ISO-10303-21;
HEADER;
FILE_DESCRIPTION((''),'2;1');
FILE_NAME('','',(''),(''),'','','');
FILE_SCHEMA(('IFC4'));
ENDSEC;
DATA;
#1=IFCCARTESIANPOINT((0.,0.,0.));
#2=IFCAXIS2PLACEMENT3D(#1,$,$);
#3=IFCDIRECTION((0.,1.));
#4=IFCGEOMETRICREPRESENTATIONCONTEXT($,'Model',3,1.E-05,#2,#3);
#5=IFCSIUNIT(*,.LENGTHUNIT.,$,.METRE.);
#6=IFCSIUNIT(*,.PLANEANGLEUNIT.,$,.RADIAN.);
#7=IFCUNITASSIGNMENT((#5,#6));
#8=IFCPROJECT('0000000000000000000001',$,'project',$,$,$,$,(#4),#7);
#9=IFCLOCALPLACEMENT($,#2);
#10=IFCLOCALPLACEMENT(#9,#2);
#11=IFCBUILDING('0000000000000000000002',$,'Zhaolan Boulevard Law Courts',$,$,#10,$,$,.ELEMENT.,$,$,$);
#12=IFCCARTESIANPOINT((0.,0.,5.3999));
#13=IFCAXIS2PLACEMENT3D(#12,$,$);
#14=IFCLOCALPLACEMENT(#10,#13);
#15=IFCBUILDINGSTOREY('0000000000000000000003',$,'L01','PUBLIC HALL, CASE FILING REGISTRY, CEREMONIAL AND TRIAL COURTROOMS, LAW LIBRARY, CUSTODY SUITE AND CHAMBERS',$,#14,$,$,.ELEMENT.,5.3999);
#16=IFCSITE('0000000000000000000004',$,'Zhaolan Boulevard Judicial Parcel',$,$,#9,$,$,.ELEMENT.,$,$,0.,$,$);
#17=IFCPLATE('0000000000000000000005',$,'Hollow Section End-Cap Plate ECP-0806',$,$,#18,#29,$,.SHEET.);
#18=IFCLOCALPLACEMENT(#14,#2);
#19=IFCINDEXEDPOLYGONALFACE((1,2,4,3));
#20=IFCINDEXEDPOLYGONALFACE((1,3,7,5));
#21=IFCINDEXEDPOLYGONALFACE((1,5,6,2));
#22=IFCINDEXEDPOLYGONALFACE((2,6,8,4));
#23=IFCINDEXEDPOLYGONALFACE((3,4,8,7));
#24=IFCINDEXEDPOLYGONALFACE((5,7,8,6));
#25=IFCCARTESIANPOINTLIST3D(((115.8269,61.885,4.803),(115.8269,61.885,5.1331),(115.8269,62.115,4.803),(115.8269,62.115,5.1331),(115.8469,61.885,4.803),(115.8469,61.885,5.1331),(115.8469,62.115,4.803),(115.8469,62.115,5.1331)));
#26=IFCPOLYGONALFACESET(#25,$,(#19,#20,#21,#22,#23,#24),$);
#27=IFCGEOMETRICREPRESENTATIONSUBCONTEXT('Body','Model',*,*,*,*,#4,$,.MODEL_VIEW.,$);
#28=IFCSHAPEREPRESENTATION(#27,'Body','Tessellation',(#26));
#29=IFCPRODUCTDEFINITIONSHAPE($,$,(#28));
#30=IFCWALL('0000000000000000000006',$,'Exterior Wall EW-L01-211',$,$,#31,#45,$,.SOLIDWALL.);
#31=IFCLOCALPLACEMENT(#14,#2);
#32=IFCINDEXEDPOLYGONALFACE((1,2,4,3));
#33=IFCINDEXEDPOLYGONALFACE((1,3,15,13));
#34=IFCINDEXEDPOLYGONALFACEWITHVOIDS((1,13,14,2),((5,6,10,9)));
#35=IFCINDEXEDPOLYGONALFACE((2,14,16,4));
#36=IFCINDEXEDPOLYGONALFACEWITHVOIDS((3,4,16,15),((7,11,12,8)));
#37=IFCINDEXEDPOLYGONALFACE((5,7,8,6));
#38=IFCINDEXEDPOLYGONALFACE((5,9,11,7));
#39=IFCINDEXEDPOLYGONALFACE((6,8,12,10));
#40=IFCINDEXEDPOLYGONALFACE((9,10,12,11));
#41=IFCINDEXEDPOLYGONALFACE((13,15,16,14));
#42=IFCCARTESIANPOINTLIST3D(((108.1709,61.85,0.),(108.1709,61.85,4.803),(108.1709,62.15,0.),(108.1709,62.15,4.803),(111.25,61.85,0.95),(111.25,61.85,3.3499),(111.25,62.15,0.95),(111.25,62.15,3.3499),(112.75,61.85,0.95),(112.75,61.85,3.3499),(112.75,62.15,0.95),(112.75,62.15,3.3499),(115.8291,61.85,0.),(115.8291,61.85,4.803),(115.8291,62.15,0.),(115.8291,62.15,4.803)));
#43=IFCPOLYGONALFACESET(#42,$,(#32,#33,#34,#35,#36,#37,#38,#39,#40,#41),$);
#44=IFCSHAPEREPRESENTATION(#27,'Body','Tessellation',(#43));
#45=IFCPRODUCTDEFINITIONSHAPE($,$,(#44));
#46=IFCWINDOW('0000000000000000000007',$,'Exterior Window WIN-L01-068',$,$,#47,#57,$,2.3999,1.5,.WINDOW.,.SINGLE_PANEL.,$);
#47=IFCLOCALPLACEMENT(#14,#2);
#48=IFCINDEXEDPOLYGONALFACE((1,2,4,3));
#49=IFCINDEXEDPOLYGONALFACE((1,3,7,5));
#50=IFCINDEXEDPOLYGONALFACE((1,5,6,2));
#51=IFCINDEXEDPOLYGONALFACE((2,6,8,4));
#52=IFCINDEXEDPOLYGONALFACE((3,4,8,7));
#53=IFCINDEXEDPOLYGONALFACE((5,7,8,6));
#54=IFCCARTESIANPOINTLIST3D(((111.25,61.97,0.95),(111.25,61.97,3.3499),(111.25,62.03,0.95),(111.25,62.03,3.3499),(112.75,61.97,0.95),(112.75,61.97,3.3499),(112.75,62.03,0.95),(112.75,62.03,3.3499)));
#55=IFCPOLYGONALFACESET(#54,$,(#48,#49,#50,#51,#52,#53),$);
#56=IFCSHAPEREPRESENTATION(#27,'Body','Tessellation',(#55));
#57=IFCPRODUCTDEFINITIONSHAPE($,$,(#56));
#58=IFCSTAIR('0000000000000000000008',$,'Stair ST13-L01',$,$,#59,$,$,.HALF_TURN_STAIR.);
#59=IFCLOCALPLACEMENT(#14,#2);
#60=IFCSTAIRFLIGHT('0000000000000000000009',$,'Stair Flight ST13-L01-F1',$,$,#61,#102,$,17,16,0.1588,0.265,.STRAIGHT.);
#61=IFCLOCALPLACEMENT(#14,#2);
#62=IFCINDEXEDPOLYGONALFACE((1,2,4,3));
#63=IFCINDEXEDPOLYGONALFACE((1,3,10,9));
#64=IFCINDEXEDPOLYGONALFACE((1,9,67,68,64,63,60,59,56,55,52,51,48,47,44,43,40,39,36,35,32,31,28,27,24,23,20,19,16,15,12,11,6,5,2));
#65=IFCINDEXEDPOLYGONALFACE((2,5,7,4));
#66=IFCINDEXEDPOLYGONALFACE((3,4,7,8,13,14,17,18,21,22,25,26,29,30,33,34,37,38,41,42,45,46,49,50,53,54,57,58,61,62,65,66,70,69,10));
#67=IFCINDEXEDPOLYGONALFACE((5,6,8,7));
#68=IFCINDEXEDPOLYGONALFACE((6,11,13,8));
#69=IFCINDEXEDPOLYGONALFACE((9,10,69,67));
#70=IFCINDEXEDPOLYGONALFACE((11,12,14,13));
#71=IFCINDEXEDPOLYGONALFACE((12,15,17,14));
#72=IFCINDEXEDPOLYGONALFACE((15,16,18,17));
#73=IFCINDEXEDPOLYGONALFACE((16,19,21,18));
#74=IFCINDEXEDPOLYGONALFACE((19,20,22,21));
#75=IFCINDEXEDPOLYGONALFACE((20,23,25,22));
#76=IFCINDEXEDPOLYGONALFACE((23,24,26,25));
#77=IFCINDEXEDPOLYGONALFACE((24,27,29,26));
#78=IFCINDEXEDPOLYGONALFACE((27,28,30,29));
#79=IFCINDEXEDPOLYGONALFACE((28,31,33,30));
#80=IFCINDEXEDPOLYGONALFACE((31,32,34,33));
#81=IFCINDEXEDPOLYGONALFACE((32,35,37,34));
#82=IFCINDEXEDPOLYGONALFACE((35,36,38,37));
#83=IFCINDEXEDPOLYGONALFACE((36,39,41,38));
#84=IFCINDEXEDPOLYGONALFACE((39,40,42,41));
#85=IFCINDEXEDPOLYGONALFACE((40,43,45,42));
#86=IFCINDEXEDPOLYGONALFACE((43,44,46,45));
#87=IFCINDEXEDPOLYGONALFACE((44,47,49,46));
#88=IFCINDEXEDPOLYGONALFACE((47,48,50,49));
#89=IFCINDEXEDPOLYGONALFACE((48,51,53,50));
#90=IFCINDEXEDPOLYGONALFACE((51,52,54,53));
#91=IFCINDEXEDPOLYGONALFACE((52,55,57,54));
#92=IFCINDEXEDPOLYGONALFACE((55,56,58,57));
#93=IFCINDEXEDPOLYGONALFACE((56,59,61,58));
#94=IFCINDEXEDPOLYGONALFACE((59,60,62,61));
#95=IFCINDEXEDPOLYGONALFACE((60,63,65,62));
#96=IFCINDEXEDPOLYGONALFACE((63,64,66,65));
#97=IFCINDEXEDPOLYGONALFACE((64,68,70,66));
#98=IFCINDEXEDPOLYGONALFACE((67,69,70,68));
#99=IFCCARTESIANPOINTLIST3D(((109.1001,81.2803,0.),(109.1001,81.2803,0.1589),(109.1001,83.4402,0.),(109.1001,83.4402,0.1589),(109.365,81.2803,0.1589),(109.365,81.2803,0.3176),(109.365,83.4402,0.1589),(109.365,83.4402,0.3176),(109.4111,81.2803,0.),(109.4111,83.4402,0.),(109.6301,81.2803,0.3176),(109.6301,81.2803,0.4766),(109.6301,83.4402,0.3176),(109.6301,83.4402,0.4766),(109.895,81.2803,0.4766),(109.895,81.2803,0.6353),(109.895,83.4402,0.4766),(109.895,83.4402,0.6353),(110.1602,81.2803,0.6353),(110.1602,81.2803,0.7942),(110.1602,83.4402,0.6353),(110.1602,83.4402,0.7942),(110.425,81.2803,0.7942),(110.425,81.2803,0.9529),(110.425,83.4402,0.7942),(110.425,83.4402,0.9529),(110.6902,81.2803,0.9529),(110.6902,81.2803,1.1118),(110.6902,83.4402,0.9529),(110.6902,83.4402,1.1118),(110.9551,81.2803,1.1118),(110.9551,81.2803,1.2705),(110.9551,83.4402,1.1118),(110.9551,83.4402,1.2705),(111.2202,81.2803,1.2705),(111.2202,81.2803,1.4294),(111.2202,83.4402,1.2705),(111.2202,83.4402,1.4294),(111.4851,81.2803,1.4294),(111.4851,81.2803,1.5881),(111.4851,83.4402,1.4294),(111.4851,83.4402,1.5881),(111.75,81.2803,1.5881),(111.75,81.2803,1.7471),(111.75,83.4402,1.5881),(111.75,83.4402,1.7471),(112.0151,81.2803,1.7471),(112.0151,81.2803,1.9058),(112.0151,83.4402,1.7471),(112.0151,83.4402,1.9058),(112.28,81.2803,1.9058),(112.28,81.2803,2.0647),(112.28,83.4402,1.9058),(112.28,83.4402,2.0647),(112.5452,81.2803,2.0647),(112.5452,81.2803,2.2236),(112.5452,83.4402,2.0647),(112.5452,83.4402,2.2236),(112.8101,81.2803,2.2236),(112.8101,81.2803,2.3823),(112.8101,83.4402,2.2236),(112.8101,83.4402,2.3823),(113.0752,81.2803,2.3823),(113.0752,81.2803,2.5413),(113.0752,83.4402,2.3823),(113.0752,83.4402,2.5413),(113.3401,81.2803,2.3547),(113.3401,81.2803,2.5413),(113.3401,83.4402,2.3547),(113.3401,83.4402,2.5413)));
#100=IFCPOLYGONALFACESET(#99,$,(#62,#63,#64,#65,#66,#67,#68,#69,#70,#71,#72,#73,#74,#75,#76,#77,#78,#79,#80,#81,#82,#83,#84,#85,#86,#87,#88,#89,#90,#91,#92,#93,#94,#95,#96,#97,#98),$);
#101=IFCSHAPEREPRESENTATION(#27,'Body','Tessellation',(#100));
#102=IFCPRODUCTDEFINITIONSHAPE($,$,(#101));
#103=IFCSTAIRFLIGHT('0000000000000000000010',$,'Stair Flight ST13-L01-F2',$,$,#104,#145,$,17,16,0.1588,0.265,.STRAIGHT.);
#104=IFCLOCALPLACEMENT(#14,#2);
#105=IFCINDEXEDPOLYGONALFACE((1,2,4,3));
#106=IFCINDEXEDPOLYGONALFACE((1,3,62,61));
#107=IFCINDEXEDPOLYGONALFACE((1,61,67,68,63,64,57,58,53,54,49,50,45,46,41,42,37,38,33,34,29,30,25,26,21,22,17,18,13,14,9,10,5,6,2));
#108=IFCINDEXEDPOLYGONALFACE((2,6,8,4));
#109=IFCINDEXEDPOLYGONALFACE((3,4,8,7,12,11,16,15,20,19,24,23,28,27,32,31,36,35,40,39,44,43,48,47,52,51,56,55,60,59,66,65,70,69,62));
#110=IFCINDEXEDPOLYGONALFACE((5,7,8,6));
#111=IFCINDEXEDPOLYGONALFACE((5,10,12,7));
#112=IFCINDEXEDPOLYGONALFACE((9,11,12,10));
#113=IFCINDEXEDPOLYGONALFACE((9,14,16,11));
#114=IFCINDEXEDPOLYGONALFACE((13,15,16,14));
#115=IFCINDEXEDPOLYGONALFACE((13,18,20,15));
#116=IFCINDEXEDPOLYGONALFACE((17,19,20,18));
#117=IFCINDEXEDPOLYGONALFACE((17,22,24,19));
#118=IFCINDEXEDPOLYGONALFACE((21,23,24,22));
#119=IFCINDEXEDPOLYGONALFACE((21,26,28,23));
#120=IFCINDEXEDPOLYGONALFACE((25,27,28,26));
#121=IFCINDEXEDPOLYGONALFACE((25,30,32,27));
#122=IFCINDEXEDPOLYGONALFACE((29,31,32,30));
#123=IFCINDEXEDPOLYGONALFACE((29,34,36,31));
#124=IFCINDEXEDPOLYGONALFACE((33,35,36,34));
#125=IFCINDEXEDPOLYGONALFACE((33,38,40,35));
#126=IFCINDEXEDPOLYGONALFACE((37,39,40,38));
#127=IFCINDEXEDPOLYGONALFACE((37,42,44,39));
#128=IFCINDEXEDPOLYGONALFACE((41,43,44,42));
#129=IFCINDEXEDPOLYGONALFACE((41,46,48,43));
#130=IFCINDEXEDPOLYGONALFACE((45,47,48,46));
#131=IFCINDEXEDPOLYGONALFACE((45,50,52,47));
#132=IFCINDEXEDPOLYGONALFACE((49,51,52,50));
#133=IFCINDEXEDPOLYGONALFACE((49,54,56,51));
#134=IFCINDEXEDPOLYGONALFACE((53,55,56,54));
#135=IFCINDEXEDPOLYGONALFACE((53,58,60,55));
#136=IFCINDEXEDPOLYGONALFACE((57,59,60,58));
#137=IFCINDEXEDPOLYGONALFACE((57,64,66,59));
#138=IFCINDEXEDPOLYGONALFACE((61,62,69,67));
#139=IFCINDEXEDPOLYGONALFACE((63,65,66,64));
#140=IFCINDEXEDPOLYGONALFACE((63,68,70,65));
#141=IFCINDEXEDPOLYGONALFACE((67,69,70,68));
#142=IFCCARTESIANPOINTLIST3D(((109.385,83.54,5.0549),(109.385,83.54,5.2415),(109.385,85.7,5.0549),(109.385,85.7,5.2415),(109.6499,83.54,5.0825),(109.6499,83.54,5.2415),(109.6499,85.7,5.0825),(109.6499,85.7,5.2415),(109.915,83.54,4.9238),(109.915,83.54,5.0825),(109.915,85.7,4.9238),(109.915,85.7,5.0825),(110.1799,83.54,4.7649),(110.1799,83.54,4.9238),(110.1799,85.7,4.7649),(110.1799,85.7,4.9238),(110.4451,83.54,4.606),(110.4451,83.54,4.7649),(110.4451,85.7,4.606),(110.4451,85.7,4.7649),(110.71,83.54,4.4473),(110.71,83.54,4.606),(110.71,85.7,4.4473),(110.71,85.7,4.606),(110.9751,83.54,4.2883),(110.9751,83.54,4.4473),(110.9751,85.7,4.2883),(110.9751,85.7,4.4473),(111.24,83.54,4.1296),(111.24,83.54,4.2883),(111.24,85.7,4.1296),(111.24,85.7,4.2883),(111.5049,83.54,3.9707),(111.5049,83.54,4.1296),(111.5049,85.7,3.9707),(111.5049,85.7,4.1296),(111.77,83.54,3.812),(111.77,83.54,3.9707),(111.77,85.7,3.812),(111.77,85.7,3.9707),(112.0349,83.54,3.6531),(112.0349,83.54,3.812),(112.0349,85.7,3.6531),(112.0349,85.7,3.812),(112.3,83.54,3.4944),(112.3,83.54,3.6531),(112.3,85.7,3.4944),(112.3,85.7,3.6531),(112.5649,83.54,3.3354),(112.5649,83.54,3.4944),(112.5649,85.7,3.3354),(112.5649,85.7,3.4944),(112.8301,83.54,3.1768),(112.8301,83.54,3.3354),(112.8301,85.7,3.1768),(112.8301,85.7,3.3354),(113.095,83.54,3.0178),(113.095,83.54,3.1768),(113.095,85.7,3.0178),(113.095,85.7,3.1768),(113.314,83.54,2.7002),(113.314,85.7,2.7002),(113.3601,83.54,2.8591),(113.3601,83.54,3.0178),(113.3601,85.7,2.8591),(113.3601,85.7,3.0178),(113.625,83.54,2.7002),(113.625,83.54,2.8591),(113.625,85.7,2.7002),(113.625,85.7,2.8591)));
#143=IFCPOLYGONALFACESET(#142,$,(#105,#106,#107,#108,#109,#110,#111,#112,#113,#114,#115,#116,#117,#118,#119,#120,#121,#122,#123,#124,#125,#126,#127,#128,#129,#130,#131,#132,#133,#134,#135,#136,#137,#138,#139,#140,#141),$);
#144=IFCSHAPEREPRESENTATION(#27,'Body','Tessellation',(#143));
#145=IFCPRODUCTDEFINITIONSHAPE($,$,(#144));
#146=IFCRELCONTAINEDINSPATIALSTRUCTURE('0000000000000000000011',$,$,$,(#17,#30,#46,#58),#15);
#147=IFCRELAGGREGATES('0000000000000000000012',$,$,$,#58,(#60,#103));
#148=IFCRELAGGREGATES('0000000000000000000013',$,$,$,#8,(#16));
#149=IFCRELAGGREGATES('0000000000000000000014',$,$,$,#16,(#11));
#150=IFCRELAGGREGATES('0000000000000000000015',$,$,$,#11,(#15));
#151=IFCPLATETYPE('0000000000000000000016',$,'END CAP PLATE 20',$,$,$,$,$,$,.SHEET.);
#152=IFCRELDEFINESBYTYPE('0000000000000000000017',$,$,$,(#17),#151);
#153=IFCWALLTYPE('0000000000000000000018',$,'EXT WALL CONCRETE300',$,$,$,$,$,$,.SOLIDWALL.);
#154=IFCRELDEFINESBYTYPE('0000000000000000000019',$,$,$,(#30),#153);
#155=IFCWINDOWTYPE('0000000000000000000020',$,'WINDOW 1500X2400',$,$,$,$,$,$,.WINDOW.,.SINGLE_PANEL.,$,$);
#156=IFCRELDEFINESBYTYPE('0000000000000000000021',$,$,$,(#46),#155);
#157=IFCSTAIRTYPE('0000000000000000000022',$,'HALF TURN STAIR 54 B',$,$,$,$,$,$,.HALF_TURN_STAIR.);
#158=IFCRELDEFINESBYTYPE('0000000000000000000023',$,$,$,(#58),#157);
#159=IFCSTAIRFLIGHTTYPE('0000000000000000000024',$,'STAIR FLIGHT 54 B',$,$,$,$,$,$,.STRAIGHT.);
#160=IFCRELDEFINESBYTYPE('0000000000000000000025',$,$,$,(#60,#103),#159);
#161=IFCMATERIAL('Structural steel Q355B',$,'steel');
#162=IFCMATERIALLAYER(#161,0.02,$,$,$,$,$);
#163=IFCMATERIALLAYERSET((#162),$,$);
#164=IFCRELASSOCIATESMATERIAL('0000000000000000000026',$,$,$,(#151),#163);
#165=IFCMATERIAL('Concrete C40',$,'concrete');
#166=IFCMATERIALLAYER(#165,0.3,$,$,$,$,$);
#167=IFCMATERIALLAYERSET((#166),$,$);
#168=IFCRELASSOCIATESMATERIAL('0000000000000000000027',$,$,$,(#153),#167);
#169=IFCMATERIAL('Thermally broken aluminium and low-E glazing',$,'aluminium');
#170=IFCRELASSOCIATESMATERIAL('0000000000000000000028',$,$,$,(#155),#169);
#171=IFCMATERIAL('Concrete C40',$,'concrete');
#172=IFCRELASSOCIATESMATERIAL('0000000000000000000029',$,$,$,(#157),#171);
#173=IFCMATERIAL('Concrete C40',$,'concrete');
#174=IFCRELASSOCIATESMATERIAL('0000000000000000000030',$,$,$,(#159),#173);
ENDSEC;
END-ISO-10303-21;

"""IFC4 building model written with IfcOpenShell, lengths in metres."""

from ifc_helpers import new_model, si_unit, direction, frame, frame_2d, origin, origin_2d, place, context, subcontext, project, spatial, polyline, rectangle, outline, extrude, material, layer, layer_set, type_object, element, fill, aggregate, save


model = new_model("IFC4")

# Units and contexts
model_context = context("Model", 3, precision=1e-05, world=origin(), true_north=direction((0.0, 1.0)))
body_context = subcontext(model_context, "Body", "Model", "MODEL_VIEW")
ifc_project = project(units=[si_unit("LENGTHUNIT", "METRE"), si_unit("PLANEANGLEUNIT", "RADIAN")], contexts=[model_context])

# Site, building, storey
site_placement = place(None, origin())
site = spatial("IfcSite", under=ifc_project, at=site_placement, Name="Zhaolan Boulevard Judicial Parcel", CompositionType="ELEMENT", RefElevation=0.0)
building_placement = place(site_placement, origin())
building = spatial("IfcBuilding", under=site, at=building_placement, Name="Zhaolan Boulevard Law Courts", CompositionType="ELEMENT")
storey_placement = place(building_placement, frame((0.0, 0.0, 5.3999)))
storey = spatial("IfcBuildingStorey", under=building, at=storey_placement, Name="L01", Description="PUBLIC HALL, CASE FILING REGISTRY, CEREMONIAL AND TRIAL COURTROOMS, LAW LIBRARY, CUSTODY SUITE AND CHAMBERS", CompositionType="ELEMENT", Elevation=5.3999)

# Plate
ifc_material_1 = material(Name="Structural steel Q355B", Category="steel")
ifc_layer_1 = layer(ifc_material_1, 0.02)
ifc_layer_set_1 = layer_set([ifc_layer_1])
plate_type = type_object("IfcPlateType", Name="END CAP PLATE 20", PredefinedType="SHEET", material=ifc_layer_set_1)
for number, where, z_axis, x_axis, name in (
    (1, (115.8369, 62.0, 4.803), (0.0, 0.0, 1.0), (1.0, 0.0, 0.0), "Hollow Section End-Cap Plate ECP-0806"),
):
    element("IfcPlate", number, at=place(storey_placement, frame(where, z_axis=z_axis, x_axis=x_axis)), inside=storey, type_object=plate_type, Name=name, PredefinedType="SHEET", context=body_context, shape_type="SweptSolid", body=[
        extrude(rectangle(XDim=0.02, YDim=0.23, at=origin_2d()), origin(), (0.0, 0.0, 1.0), 0.3301),
    ])

# Wall, opening, window
ifc_material_2 = material(Name="Concrete C40", Category="concrete")
ifc_layer_2 = layer(ifc_material_2, 0.3)
ifc_layer_set_2 = layer_set([ifc_layer_2])
wall_type = type_object("IfcWallType", Name="EXT WALL CONCRETE300", PredefinedType="SOLIDWALL", material=ifc_layer_set_2)
wall_placement = place(storey_placement, frame((108.1709, 62.0, 0.0), z_axis=(0.0, 0.0, 1.0), x_axis=(1.0, 0.0, 0.0)))
wall = element("IfcWall", 2, at=wall_placement, inside=storey, type_object=wall_type, Name="Exterior Wall EW-L01-211", PredefinedType="SOLIDWALL", context=body_context, shape_type="SweptSolid", body=[
    extrude(rectangle(XDim=7.6582, YDim=0.3, at=frame_2d((3.8291, 0.0))), origin(), (0.0, 0.0, 1.0), 4.803),
])
opening_placement = place(wall_placement, frame((3.0791, 0.0, 0.95)))
opening = element("IfcOpeningElement", 3, at=opening_placement, cuts=wall, PredefinedType="OPENING", context=body_context, shape_type="SweptSolid", body=[
    extrude(rectangle(XDim=1.5, YDim=2.3999, at=frame_2d((0.75, 1.2))), frame((0.0, 0.1599, 0.0), z_axis=(0.0, -1.0, 0.0), x_axis=(1.0, 0.0, 0.0)), (0.0, 0.0, 1.0), 0.3201),
])
ifc_material_3 = material(Name="Thermally broken aluminium and low-E glazing", Category="aluminium")
window_type = type_object("IfcWindowType", Name="WINDOW 1500X2400", PartitioningType="SINGLE_PANEL", PredefinedType="WINDOW", material=ifc_material_3)
window_placement = place(opening_placement, origin())
window = element("IfcWindow", 4, at=window_placement, inside=storey, type_object=window_type, Name="Exterior Window WIN-L01-068", OverallHeight=2.3999, OverallWidth=1.5, PartitioningType="SINGLE_PANEL", PredefinedType="WINDOW", context=body_context, shape_type="SweptSolid", body=[
    extrude(rectangle(XDim=1.5, YDim=2.3999, at=frame_2d((0.75, 1.2))), frame((0.0, 0.03, 0.0), z_axis=(0.0, -1.0, 0.0), x_axis=(1.0, 0.0, 0.0)), (0.0, 0.0, 1.0), 0.0601),
])
fill(opening, window)

# Stair, stair flights
ifc_material_4 = material(Name="Concrete C40", Category="concrete")
stair_type = type_object("IfcStairType", Name="HALF TURN STAIR 54 B", PredefinedType="HALF_TURN_STAIR", material=ifc_material_4)
stair_placement = place(storey_placement, origin())
stair = element("IfcStair", 5, at=stair_placement, inside=storey, type_object=stair_type, Name="Stair ST13-L01", PredefinedType="HALF_TURN_STAIR")
ifc_material_5 = material(Name="Concrete C40", Category="concrete")
stair_flight_type = type_object("IfcStairFlightType", Name="STAIR FLIGHT 54 B", PredefinedType="STRAIGHT", material=ifc_material_5)
stair_flight_1_placement = place(storey_placement, frame((109.1001, 82.3601, 0.0), z_axis=(0.0, 0.0, 1.0), x_axis=(1.0, 0.0, 0.0)))
stair_flight_1 = element("IfcStairFlight", 6, at=stair_flight_1_placement, type_object=stair_flight_type, Name="Stair Flight ST13-L01-F1", NumberOfRisers=17, NumberOfTreads=16, PredefinedType="STRAIGHT", RiserHeight=0.1588, TreadLength=0.265, context=body_context, shape_type="SweptSolid", body=[
    extrude(outline(polyline([(0.0, 0.0), (0.0, 0.1589), (0.2649, 0.1589), (0.2649, 0.3176), (0.53, 0.3176), (0.53, 0.4766), (0.7949, 0.4766), (0.7949, 0.6353), (1.0601, 0.6353), (1.0601, 0.7942), (1.325, 0.7942), (1.325, 0.9529), (1.5901, 0.9529), (1.5901, 1.1118), (1.855, 1.1118), (1.855, 1.2705), (2.1201, 1.2705), (2.1201, 1.4294), (2.385, 1.4294), (2.385, 1.5881), (2.6499, 1.5881), (2.6499, 1.7471), (2.915, 1.7471), (2.915, 1.9058), (3.1799, 1.9058), (3.1799, 2.0647), (3.4451, 2.0647), (3.4451, 2.2236), (3.71, 2.2236), (3.71, 2.3823), (3.9751, 2.3823), (3.9751, 2.5413), (4.24, 2.5413), (4.24, 2.7), (4.24, 2.3547), (0.311, 0.0), (0.0, 0.0)])), frame((0.0, 1.0801, 0.0), z_axis=(0.0, -1.0, 0.0), x_axis=(1.0, 0.0, 0.0)), (0.0, 0.0, 1.0), 2.1599),
])
stair_flight_2_placement = place(storey_placement, frame((113.625, 84.6201, 2.7002), z_axis=(0.0, 0.0, 1.0), x_axis=(-1.0, 0.0, 0.0)))
stair_flight_2 = element("IfcStairFlight", 7, at=stair_flight_2_placement, type_object=stair_flight_type, Name="Stair Flight ST13-L01-F2", NumberOfRisers=17, NumberOfTreads=16, PredefinedType="STRAIGHT", RiserHeight=0.1588, TreadLength=0.265, context=body_context, shape_type="SweptSolid", body=[
    extrude(outline(polyline([(0.0, 0.0), (0.0, 0.1589), (0.2649, 0.1589), (0.2649, 0.3176), (0.53, 0.3176), (0.53, 0.4766), (0.7949, 0.4766), (0.7949, 0.6353), (1.0601, 0.6353), (1.0601, 0.7942), (1.325, 0.7942), (1.325, 0.9529), (1.5901, 0.9529), (1.5901, 1.1118), (1.855, 1.1118), (1.855, 1.2705), (2.1201, 1.2705), (2.1201, 1.4294), (2.385, 1.4294), (2.385, 1.5881), (2.6499, 1.5881), (2.6499, 1.7471), (2.915, 1.7471), (2.915, 1.9058), (3.1799, 1.9058), (3.1799, 2.0647), (3.4451, 2.0647), (3.4451, 2.2236), (3.71, 2.2236), (3.71, 2.3823), (3.9751, 2.3823), (3.9751, 2.5413), (4.24, 2.5413), (4.24, 2.7), (4.24, 2.3547), (0.311, 0.0), (0.0, 0.0)])), frame((0.0, 1.0801, 0.0), z_axis=(0.0, -1.0, 0.0), x_axis=(1.0, 0.0, 0.0)), (0.0, 0.0, 1.0), 2.1599),
])
aggregate(stair, [stair_flight_1, stair_flight_2])

save(model, "model.ifc")
